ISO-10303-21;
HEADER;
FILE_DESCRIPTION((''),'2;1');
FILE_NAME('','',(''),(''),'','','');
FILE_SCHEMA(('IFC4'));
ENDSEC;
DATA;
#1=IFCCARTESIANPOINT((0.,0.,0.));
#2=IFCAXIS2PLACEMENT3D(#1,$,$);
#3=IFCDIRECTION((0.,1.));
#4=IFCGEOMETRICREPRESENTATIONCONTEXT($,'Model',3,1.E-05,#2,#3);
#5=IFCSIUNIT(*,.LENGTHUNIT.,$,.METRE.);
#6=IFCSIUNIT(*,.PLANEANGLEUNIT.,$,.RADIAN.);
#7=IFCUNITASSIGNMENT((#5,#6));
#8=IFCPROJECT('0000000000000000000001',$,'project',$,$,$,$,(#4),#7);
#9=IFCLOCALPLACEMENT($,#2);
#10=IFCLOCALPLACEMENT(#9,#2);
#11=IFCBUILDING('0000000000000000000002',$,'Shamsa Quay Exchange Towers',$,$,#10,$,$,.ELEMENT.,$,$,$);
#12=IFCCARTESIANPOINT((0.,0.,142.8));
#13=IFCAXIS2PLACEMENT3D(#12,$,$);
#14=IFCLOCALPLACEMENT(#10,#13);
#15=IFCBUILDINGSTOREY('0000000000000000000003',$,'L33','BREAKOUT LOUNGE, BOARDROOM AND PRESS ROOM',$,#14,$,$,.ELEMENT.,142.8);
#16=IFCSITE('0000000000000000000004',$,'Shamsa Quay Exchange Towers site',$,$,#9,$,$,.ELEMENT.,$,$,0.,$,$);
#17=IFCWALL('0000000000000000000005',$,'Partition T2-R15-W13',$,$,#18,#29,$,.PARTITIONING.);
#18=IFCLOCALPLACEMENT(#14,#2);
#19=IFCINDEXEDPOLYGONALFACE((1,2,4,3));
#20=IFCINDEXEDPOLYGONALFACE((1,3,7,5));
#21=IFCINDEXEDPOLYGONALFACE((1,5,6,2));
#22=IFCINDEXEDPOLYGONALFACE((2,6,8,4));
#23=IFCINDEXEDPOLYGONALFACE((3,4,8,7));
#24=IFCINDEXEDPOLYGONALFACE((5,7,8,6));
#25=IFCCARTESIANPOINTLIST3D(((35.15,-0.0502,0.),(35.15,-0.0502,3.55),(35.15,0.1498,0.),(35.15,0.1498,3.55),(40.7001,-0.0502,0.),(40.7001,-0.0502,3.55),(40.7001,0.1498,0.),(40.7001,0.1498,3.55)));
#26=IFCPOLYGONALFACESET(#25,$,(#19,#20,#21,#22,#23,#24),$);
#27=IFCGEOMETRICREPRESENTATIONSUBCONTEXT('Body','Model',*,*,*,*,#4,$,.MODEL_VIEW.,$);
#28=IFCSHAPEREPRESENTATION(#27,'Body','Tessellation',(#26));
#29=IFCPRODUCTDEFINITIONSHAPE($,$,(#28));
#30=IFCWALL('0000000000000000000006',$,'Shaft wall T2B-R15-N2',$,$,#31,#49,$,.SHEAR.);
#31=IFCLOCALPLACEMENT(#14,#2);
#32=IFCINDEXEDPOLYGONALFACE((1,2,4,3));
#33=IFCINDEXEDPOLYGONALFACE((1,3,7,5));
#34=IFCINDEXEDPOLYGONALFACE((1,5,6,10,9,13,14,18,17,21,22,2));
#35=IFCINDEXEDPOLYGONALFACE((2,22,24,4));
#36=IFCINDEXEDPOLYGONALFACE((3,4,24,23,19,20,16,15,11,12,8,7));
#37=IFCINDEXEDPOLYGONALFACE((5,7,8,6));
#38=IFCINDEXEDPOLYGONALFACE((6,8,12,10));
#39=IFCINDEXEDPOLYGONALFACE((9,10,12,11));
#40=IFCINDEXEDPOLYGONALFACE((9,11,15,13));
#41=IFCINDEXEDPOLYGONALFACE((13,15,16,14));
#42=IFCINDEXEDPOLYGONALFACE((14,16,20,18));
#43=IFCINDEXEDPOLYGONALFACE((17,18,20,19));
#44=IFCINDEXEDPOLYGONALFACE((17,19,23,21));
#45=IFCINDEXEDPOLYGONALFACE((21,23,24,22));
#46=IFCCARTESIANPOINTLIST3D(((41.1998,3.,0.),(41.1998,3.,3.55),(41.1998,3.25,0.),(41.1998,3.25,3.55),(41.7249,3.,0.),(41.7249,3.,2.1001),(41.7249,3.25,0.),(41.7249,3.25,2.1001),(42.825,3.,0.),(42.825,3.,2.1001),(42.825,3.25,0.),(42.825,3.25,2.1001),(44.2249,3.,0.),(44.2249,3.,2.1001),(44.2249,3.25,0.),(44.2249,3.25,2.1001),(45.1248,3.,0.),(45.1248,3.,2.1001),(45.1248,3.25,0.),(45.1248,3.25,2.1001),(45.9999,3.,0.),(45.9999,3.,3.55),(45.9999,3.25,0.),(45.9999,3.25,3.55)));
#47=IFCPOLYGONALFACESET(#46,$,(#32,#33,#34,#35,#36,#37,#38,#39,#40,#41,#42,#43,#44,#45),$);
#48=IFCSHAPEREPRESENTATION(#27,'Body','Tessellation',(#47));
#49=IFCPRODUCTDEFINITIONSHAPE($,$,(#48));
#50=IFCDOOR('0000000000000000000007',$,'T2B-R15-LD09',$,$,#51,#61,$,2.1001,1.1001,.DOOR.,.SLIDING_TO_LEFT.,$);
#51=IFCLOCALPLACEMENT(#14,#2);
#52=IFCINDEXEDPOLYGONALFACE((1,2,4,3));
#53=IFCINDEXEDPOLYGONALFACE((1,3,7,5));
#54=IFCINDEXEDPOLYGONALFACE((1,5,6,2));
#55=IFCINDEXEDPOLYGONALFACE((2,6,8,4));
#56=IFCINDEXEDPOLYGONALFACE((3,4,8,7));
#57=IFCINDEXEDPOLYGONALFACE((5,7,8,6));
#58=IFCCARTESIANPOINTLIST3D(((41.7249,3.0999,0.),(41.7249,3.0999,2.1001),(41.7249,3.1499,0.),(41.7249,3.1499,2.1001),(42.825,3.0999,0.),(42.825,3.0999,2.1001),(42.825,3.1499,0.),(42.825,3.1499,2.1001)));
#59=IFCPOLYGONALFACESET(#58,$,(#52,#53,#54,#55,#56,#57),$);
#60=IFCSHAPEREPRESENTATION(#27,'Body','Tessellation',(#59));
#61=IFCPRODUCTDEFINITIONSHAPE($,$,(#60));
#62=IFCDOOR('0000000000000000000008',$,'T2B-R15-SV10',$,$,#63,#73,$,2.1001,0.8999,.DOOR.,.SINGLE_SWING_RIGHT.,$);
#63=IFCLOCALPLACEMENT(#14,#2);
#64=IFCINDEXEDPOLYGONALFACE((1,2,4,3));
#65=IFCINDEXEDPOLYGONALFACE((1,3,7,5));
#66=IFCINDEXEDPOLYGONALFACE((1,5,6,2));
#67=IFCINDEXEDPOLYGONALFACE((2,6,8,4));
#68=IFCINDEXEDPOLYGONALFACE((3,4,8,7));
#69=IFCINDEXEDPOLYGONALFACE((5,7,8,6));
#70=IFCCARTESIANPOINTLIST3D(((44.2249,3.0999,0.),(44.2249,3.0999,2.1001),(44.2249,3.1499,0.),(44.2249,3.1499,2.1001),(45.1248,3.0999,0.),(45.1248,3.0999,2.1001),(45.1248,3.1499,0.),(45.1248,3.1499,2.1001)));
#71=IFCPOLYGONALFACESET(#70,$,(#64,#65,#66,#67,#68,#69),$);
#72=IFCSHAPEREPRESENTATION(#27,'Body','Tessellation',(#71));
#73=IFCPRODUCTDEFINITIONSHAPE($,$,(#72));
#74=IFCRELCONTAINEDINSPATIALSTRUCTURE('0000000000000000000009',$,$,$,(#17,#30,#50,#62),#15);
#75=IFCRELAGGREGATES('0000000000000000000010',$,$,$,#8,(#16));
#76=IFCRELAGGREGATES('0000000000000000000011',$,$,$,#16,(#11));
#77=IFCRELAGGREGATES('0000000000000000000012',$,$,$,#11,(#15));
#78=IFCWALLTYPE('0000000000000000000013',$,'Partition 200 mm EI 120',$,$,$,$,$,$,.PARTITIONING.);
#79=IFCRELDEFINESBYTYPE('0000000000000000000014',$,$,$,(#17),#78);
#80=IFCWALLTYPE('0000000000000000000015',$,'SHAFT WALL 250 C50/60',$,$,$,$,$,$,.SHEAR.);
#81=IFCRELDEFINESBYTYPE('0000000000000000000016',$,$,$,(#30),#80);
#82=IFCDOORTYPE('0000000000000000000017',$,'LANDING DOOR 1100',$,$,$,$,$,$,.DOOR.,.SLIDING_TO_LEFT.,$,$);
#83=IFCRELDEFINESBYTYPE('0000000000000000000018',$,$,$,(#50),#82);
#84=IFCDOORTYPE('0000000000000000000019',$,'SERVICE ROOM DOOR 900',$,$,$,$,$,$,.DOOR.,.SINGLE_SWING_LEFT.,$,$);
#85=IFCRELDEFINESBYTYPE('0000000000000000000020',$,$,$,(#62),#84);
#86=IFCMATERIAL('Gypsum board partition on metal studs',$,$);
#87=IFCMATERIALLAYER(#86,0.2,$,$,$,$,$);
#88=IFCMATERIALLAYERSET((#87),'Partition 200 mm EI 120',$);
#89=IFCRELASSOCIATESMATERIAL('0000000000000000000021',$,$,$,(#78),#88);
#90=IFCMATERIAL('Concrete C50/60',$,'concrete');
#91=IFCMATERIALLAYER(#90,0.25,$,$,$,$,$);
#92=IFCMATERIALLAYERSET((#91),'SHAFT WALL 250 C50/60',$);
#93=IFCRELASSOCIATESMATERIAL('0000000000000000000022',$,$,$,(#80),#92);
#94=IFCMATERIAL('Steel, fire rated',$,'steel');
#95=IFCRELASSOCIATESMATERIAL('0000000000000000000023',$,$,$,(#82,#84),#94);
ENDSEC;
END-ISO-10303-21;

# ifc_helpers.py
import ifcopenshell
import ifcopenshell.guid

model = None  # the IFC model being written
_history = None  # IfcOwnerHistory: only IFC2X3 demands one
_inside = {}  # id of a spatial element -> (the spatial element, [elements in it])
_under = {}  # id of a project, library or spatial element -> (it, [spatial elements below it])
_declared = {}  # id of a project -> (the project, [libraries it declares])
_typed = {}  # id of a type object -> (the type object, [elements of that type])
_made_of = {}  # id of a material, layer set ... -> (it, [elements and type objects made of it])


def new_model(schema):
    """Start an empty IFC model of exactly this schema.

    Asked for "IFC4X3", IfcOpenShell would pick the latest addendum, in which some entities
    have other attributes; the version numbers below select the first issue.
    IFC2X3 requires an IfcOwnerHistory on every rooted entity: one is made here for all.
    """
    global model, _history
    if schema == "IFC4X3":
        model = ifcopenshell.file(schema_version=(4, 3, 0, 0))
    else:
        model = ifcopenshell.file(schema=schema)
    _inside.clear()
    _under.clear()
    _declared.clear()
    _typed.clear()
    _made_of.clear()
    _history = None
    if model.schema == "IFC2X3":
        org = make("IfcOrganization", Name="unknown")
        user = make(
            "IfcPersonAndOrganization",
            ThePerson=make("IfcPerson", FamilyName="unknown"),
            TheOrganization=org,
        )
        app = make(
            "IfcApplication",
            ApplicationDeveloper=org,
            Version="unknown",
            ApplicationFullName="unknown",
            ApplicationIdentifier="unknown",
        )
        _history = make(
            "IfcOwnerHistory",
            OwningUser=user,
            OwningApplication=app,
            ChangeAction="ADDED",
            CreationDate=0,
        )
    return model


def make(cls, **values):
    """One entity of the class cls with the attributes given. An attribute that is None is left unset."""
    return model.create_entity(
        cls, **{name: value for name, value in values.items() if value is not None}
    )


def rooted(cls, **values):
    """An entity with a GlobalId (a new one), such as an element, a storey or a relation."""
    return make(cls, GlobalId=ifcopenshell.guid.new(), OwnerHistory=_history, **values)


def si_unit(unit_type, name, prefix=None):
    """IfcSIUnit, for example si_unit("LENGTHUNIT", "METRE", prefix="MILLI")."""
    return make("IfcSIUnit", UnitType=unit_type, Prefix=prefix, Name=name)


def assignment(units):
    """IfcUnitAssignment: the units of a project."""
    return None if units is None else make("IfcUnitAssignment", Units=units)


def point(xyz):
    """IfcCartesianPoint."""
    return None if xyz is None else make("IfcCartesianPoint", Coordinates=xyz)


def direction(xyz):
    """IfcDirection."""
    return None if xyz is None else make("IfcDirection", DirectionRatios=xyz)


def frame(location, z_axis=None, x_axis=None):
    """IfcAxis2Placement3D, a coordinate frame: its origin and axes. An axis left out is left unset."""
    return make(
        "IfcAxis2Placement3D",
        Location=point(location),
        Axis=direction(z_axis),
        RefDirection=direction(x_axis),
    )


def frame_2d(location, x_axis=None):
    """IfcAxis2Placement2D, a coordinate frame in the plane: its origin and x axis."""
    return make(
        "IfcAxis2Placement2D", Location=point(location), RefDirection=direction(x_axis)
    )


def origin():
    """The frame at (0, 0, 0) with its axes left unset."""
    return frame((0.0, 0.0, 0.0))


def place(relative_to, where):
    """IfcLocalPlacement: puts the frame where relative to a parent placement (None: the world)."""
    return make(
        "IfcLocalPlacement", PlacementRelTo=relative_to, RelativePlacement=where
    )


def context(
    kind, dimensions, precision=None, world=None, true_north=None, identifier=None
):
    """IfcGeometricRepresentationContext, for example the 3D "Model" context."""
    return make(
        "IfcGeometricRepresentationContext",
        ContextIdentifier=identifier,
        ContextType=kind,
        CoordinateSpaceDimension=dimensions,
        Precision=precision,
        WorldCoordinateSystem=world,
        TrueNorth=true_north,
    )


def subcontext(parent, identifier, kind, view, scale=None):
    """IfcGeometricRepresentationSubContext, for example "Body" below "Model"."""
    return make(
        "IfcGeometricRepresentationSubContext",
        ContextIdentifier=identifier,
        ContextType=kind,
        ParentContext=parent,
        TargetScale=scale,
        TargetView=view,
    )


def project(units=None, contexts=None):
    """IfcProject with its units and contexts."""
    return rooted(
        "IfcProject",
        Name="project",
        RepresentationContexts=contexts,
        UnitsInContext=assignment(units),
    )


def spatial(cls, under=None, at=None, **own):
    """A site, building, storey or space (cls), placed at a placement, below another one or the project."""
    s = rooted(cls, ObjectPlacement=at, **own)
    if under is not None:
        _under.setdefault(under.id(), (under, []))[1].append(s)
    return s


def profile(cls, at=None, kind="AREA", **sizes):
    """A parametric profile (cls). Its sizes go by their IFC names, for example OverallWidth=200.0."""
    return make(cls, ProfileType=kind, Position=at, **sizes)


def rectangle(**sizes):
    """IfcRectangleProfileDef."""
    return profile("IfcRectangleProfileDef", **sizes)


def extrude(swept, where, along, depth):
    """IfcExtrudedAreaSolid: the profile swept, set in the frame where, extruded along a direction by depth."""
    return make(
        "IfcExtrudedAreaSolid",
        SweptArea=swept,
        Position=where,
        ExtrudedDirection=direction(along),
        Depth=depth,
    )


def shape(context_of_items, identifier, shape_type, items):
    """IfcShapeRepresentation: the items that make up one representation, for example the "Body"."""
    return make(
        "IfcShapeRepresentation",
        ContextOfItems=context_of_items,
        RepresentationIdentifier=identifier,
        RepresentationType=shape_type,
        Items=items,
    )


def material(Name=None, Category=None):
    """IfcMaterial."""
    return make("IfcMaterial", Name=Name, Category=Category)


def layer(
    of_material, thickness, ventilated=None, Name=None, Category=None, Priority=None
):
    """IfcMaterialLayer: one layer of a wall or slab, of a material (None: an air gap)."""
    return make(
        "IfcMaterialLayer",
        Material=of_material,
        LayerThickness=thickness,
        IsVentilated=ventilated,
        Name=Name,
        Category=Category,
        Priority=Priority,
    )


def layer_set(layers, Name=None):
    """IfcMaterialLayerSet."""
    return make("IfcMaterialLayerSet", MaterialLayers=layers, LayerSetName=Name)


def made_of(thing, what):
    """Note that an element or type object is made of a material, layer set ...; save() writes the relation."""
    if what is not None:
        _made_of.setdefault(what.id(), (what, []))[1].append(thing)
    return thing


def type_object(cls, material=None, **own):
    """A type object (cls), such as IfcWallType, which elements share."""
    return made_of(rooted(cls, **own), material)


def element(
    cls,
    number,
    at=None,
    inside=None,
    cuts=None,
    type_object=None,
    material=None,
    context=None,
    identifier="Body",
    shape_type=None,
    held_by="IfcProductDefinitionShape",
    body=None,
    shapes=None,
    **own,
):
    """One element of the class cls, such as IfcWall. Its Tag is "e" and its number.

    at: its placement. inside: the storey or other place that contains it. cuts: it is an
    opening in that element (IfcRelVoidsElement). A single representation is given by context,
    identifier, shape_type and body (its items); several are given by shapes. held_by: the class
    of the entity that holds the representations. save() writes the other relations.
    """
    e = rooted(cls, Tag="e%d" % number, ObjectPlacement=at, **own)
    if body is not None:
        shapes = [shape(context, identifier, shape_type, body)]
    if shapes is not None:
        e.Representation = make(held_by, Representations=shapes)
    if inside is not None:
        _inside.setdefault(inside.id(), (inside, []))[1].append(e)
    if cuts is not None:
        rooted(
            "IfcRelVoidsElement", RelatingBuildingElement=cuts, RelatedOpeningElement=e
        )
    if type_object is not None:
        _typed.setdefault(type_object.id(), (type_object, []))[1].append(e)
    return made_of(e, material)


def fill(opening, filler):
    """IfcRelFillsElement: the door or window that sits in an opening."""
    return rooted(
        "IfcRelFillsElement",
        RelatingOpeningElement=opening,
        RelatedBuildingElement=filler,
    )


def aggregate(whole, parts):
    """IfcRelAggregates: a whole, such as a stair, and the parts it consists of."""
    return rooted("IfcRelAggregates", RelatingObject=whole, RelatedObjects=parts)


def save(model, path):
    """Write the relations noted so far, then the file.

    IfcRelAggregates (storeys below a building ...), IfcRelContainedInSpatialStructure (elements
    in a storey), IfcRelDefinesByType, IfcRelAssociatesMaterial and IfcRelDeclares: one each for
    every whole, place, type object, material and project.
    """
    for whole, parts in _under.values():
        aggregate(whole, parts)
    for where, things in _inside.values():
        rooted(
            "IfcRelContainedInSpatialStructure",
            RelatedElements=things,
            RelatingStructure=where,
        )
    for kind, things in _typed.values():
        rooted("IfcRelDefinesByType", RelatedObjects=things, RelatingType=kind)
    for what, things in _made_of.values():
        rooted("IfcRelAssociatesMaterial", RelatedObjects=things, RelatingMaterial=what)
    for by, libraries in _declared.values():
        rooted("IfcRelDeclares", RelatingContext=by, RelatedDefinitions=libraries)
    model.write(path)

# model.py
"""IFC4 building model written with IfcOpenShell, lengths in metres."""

from ifc_helpers import new_model, si_unit, direction, frame, frame_2d, origin, place, context, subcontext, project, spatial, rectangle, extrude, material, layer, layer_set, type_object, element, fill, save


model = new_model("IFC4")

# Units and contexts
model_context = context("Model", 3, precision=1e-05, world=origin(), true_north=direction((0.0, 1.0)))
body_context = subcontext(model_context, "Body", "Model", "MODEL_VIEW")
ifc_project = project(units=[si_unit("LENGTHUNIT", "METRE"), si_unit("PLANEANGLEUNIT", "RADIAN")], contexts=[model_context])

# Site, building, storey
site_placement = place(None, origin())
site = spatial("IfcSite", under=ifc_project, at=site_placement, Name="Shamsa Quay Exchange Towers site", CompositionType="ELEMENT", RefElevation=0.0)
building_placement = place(site_placement, origin())
building = spatial("IfcBuilding", under=site, at=building_placement, Name="Shamsa Quay Exchange Towers", CompositionType="ELEMENT")
storey_placement = place(building_placement, frame((0.0, 0.0, 142.8)))
storey = spatial("IfcBuildingStorey", under=building, at=storey_placement, Name="L33", Description="BREAKOUT LOUNGE, BOARDROOM AND PRESS ROOM", CompositionType="ELEMENT", Elevation=142.8)

# Shared definitions
ifc_material_1 = material(Name="Gypsum board partition on metal studs")

# Wall
ifc_layer_1 = layer(ifc_material_1, 0.2)
ifc_layer_set_1 = layer_set([ifc_layer_1], Name="Partition 200 mm EI 120")
wall_type_1 = type_object("IfcWallType", Name="Partition 200 mm EI 120", PredefinedType="PARTITIONING", material=ifc_layer_set_1)
wall_1_placement = place(storey_placement, frame((40.7, 0.0498, 0.0), z_axis=(0.0, 0.0, 1.0), x_axis=(-1.0, 0.0, 0.0)))
element("IfcWall", 1, at=wall_1_placement, inside=storey, type_object=wall_type_1, Name="Partition T2-R15-W13", PredefinedType="PARTITIONING", context=body_context, shape_type="SweptSolid", body=[
    extrude(rectangle(XDim=5.55, YDim=0.2, at=frame_2d((2.7749, 0.0))), origin(), (0.0, 0.0, 1.0), 3.55),
])

# Wall, openings, doors
ifc_material_2 = material(Name="Concrete C50/60", Category="concrete")
ifc_layer_2 = layer(ifc_material_2, 0.25)
ifc_layer_set_2 = layer_set([ifc_layer_2], Name="SHAFT WALL 250 C50/60")
wall_type_2 = type_object("IfcWallType", Name="SHAFT WALL 250 C50/60", PredefinedType="SHEAR", material=ifc_layer_set_2)
wall_2_placement = place(storey_placement, frame((41.2, 3.125, 0.0)))
wall_2 = element("IfcWall", 2, at=wall_2_placement, inside=storey, type_object=wall_type_2, Name="Shaft wall T2B-R15-N2", PredefinedType="SHEAR", context=body_context, shape_type="SweptSolid", body=[
    extrude(rectangle(XDim=4.8, YDim=0.25, at=frame_2d((2.3999, 0.0))), origin(), (0.0, 0.0, 1.0), 3.55),
])
opening_1_placement = place(wall_2_placement, frame((0.5249, 0.0, 0.0)))
opening_1 = element("IfcOpeningElement", 3, at=opening_1_placement, cuts=wall_2, PredefinedType="OPENING", context=body_context, shape_type="SweptSolid", body=[
    extrude(rectangle(XDim=1.1001, YDim=2.1001, at=frame_2d((0.55, 1.05))), frame((0.0, 0.135, 0.0), z_axis=(0.0, -1.0, 0.0), x_axis=(1.0, 0.0, 0.0)), (0.0, 0.0, 1.0), 0.27),
])
opening_2_placement = place(wall_2_placement, frame((3.0249, 0.0, 0.0)))
opening_2 = element("IfcOpeningElement", 4, at=opening_2_placement, cuts=wall_2, PredefinedType="OPENING", context=body_context, shape_type="SweptSolid", body=[
    extrude(rectangle(XDim=0.8999, YDim=2.1001, at=frame_2d((0.45, 1.05))), frame((0.0, 0.135, 0.0), z_axis=(0.0, -1.0, 0.0), x_axis=(1.0, 0.0, 0.0)), (0.0, 0.0, 1.0), 0.27),
])
ifc_material_3 = material(Name="Steel, fire rated", Category="steel")
door_type_1 = type_object("IfcDoorType", Name="LANDING DOOR 1100", OperationType="SLIDING_TO_LEFT", PredefinedType="DOOR", material=ifc_material_3)
door_1_placement = place(opening_1_placement, origin())
door_1 = element("IfcDoor", 5, at=door_1_placement, inside=storey, type_object=door_type_1, Name="T2B-R15-LD09", OperationType="SLIDING_TO_LEFT", OverallHeight=2.1001, OverallWidth=1.1001, PredefinedType="DOOR", context=body_context, shape_type="SweptSolid", body=[
    extrude(rectangle(XDim=1.1001, YDim=2.1001, at=frame_2d((0.55, 1.05))), frame((0.0, 0.0249, 0.0), z_axis=(0.0, -1.0, 0.0), x_axis=(1.0, 0.0, 0.0)), (0.0, 0.0, 1.0), 0.05),
])
fill(opening_1, door_1)
door_type_2 = type_object("IfcDoorType", Name="SERVICE ROOM DOOR 900", OperationType="SINGLE_SWING_LEFT", PredefinedType="DOOR", material=ifc_material_3)
door_2_placement = place(opening_2_placement, origin())
door_2 = element("IfcDoor", 6, at=door_2_placement, inside=storey, type_object=door_type_2, Name="T2B-R15-SV10", OperationType="SINGLE_SWING_RIGHT", OverallHeight=2.1001, OverallWidth=0.8999, PredefinedType="DOOR", context=body_context, shape_type="SweptSolid", body=[
    extrude(rectangle(XDim=0.8999, YDim=2.1001, at=frame_2d((0.45, 1.05))), frame((0.0, 0.0249, 0.0), z_axis=(0.0, -1.0, 0.0), x_axis=(1.0, 0.0, 0.0)), (0.0, 0.0, 1.0), 0.05),
])
fill(opening_2, door_2)

save(model, "model.ifc")
